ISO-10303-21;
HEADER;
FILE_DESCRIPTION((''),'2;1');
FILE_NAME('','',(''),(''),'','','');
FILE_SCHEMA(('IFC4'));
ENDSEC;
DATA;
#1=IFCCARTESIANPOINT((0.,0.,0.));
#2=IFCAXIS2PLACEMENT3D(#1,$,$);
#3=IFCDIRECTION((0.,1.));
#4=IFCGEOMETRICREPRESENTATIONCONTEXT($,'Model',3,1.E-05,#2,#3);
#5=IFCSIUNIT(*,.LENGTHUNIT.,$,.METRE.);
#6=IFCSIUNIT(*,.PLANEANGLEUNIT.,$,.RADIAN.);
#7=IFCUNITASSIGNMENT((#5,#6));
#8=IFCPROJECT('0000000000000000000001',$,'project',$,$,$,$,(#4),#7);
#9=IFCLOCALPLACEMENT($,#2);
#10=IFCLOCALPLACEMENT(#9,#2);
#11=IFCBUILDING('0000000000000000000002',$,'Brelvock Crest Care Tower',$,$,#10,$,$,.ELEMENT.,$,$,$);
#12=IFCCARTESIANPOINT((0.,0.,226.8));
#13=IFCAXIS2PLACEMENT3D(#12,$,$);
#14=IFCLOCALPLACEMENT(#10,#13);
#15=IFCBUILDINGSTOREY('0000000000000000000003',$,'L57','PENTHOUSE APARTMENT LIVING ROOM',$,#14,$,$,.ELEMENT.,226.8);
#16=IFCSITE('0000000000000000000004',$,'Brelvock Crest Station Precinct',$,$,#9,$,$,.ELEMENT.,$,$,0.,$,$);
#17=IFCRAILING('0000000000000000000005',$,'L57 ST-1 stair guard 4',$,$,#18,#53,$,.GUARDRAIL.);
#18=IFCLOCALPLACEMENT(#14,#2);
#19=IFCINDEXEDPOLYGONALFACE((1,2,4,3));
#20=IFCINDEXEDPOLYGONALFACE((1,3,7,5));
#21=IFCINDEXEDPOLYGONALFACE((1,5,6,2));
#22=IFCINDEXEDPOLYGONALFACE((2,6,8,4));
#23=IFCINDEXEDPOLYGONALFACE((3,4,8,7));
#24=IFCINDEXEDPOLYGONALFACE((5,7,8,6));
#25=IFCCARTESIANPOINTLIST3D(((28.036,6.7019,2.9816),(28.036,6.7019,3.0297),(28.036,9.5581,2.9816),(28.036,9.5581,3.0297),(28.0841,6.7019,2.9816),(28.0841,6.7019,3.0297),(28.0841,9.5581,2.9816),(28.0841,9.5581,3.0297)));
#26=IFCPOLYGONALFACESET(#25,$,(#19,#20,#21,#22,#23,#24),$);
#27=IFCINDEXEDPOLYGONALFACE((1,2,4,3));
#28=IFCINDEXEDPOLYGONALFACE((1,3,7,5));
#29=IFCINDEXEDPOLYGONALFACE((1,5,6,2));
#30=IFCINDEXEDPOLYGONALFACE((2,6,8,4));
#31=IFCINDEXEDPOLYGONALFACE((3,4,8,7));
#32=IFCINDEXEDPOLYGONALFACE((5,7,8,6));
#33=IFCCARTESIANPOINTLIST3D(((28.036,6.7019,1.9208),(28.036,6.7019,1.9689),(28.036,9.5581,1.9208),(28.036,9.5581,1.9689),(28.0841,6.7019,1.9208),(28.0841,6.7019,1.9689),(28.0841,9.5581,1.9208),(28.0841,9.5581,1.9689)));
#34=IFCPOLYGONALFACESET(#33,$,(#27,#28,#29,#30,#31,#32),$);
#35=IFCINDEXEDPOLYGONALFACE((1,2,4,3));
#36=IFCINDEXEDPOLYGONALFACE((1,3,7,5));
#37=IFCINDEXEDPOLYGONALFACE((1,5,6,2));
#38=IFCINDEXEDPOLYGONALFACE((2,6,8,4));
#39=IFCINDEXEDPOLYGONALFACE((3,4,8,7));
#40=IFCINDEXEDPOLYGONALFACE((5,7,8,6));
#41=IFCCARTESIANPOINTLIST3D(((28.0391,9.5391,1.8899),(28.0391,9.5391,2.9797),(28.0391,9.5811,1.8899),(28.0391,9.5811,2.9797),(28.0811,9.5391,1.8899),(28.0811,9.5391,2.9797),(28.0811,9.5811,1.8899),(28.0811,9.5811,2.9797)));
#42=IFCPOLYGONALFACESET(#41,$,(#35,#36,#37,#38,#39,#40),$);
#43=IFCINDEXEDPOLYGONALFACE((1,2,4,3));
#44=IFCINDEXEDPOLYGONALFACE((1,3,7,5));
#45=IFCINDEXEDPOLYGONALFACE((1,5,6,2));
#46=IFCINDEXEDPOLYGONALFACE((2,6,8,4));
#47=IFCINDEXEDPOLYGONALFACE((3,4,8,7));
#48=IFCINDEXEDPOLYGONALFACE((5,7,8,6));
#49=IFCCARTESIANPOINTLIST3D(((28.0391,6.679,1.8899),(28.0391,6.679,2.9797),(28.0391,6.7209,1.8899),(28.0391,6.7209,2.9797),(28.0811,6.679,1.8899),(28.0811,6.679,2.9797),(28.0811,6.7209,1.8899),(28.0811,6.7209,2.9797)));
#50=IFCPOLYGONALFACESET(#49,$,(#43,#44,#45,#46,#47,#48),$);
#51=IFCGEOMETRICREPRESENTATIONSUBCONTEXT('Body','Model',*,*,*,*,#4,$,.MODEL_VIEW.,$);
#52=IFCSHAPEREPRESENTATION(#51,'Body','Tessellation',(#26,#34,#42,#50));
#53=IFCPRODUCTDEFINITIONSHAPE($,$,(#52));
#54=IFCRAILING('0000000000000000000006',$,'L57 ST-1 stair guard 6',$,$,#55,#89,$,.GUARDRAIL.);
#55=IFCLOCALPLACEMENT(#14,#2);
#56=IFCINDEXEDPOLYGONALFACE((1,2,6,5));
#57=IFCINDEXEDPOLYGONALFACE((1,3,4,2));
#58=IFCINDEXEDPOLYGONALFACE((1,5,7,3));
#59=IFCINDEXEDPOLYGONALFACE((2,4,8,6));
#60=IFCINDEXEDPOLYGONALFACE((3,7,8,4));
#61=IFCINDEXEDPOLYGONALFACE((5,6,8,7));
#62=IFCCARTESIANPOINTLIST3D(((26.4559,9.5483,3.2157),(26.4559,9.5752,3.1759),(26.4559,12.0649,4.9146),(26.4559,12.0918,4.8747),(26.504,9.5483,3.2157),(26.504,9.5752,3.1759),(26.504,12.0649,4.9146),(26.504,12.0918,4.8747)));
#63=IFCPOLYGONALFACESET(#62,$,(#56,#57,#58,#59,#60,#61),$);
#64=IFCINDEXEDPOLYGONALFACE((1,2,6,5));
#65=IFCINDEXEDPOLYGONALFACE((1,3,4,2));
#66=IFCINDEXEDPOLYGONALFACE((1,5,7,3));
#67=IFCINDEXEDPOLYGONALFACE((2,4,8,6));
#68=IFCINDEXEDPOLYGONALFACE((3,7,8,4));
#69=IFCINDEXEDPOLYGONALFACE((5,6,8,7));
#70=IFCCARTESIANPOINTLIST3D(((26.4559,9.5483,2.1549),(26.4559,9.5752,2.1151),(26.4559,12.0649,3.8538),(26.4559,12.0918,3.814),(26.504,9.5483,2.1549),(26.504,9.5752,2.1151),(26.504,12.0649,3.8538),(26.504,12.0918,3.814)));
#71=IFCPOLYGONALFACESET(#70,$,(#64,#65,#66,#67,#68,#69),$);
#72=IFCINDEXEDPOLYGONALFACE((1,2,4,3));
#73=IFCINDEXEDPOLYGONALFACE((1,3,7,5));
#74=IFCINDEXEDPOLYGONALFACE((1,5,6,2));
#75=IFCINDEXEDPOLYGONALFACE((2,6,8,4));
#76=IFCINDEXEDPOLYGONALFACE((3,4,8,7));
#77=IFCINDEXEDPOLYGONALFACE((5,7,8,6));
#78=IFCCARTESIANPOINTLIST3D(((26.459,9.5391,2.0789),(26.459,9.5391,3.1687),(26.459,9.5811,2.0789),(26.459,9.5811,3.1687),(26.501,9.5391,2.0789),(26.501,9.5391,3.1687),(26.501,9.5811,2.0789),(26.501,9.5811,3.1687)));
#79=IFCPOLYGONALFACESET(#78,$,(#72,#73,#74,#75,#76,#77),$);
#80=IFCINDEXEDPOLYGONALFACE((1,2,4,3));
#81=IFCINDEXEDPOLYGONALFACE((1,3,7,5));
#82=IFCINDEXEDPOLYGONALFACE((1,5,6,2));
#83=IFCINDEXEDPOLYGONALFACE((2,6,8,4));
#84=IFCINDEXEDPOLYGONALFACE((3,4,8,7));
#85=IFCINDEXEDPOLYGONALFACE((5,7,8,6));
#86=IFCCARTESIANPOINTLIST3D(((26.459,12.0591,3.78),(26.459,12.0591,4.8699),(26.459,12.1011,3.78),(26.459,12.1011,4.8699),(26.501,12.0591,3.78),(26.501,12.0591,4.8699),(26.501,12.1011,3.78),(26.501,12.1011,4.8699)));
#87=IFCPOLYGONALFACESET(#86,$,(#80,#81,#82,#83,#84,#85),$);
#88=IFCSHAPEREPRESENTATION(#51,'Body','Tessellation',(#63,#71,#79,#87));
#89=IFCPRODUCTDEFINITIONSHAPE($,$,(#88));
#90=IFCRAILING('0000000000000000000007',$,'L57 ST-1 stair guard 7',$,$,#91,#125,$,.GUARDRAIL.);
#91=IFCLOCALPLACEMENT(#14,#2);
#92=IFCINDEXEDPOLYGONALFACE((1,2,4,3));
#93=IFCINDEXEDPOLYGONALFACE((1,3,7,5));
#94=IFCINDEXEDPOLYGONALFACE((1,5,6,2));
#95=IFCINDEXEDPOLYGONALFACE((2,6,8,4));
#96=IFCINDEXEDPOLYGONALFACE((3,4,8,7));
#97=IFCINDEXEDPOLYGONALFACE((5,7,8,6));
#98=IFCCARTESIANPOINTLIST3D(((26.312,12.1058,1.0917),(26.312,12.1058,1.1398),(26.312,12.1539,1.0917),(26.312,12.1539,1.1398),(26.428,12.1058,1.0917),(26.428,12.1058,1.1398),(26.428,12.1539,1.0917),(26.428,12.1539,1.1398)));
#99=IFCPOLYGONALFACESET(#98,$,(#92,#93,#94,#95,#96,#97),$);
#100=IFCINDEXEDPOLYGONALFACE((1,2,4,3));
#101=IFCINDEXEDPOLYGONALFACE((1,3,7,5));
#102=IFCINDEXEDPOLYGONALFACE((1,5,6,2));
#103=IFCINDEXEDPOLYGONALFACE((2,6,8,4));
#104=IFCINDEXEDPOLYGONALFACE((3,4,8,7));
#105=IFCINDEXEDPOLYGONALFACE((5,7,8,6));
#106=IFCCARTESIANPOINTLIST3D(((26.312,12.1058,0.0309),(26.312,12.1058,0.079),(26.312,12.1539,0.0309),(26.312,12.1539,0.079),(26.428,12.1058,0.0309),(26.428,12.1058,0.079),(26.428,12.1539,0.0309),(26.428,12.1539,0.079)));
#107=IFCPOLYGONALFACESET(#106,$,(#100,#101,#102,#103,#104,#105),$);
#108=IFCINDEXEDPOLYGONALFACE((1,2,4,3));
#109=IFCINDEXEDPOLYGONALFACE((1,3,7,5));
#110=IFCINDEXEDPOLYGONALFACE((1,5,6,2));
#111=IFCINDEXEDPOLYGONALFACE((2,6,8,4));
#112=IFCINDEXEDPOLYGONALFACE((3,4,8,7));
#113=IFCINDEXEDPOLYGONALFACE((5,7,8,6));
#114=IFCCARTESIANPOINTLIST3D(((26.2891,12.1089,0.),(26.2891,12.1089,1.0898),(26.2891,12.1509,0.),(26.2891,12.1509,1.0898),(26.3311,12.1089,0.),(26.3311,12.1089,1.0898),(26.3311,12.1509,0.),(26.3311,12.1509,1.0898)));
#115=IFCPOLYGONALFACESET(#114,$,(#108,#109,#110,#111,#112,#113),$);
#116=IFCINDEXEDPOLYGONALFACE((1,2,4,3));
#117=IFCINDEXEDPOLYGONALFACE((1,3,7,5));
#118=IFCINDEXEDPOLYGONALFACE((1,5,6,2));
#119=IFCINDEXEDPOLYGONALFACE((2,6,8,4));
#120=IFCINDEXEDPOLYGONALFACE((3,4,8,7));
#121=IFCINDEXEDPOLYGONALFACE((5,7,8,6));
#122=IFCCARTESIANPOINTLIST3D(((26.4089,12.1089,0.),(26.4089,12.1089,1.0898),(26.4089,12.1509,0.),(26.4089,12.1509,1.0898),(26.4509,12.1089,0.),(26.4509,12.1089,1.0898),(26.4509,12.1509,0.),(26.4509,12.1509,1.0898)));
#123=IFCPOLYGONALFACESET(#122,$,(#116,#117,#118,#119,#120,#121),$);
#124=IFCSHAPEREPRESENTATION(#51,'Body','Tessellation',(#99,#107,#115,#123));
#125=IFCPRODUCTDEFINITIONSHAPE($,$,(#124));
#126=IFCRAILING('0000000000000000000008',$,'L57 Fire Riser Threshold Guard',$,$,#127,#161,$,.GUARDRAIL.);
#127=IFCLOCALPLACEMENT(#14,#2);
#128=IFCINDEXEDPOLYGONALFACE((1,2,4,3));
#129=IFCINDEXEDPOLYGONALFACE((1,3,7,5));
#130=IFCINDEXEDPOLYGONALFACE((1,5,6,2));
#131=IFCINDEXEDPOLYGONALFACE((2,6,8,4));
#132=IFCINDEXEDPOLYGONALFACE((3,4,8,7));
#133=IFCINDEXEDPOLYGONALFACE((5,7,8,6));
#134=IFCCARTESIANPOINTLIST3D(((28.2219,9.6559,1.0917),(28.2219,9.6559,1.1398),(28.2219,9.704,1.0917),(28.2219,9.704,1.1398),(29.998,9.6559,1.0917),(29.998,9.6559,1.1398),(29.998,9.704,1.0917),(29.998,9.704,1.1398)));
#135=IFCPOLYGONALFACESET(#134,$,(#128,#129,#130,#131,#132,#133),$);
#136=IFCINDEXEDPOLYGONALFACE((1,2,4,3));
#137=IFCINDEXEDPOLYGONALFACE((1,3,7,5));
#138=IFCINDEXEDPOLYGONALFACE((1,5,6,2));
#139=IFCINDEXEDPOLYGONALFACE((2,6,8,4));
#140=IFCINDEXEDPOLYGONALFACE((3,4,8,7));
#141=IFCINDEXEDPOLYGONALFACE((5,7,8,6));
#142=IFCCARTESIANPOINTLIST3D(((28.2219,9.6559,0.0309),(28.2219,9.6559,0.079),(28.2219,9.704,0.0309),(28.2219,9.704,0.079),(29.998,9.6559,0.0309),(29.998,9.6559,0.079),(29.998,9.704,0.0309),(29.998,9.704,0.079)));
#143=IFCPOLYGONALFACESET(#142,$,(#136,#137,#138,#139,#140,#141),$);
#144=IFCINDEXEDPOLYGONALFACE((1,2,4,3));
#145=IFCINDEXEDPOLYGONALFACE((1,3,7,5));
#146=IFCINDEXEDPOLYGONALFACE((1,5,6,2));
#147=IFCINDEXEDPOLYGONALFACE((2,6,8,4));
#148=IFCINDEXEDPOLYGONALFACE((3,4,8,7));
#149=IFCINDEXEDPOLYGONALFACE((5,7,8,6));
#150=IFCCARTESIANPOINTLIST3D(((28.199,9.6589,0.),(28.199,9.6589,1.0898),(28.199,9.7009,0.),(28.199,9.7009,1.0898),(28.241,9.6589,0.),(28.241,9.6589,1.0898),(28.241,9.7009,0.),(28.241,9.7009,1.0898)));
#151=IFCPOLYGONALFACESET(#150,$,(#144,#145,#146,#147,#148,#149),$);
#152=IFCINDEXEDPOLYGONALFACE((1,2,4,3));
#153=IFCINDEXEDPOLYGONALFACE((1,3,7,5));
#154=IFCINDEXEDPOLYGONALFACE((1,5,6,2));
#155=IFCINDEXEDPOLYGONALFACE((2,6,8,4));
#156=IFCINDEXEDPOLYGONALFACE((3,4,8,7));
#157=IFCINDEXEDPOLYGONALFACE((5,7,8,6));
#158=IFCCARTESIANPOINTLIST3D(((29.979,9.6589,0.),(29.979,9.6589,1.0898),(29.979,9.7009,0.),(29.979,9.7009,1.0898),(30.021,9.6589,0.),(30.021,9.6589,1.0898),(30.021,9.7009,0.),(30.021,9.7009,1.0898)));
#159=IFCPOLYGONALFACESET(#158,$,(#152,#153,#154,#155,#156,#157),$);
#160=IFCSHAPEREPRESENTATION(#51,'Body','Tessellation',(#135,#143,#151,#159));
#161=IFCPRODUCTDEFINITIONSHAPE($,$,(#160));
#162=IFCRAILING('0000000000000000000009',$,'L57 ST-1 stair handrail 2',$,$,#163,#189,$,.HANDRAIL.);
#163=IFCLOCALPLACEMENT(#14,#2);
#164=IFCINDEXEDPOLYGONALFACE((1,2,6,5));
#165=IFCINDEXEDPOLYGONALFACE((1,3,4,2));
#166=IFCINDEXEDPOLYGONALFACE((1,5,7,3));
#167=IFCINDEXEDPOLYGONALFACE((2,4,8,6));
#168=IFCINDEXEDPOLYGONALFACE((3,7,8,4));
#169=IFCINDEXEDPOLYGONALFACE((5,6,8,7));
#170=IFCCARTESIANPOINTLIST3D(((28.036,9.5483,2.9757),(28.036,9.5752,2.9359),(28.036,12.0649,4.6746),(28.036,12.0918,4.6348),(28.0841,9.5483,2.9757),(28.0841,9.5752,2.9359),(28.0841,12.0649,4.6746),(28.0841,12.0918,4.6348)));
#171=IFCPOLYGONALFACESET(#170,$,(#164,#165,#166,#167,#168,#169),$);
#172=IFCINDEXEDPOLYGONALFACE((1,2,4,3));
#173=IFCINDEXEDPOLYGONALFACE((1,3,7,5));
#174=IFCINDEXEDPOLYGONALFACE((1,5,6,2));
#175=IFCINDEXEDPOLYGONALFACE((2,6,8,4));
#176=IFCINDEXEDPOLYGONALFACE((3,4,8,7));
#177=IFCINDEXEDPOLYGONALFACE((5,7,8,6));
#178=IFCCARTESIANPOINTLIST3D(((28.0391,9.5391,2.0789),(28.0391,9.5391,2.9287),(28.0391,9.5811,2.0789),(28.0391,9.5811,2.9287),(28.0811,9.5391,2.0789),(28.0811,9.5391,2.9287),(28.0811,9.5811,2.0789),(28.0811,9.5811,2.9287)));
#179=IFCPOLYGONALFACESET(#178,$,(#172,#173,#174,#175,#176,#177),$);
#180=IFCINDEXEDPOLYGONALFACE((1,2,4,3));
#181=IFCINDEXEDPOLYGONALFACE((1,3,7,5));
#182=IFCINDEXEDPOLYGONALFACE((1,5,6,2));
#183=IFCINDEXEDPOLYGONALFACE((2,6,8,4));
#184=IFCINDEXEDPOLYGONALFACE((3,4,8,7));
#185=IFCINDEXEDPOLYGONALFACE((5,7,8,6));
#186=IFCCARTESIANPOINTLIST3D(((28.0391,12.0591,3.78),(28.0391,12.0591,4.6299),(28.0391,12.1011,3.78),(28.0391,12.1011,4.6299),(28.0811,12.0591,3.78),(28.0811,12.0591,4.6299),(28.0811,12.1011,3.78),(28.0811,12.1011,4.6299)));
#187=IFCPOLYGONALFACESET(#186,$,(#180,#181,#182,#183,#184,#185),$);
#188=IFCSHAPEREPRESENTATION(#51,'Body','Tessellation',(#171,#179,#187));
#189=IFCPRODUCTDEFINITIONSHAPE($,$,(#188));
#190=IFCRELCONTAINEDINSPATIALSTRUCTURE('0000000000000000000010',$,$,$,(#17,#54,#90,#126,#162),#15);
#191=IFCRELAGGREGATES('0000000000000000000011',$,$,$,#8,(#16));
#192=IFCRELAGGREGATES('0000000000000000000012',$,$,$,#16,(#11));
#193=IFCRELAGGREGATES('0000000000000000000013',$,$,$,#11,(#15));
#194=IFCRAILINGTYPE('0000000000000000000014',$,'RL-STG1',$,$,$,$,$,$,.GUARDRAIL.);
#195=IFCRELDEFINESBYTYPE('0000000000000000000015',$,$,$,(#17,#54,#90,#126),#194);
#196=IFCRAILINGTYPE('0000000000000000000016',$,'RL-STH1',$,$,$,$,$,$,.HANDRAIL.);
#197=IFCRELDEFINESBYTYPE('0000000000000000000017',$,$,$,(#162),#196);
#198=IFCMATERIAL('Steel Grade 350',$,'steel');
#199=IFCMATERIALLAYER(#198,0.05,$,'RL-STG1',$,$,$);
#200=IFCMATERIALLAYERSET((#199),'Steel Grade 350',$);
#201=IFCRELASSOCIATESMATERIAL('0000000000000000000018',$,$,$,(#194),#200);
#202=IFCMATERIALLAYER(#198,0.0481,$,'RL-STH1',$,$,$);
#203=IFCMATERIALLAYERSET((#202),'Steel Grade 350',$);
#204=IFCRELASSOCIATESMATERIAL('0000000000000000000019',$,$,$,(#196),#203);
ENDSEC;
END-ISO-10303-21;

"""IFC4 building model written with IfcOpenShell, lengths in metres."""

from ifc_helpers import new_model, si_unit, direction, frame, origin, origin_2d, place, context, subcontext, project, spatial, rectangle, extrude, material, layer, layer_set, type_object, element, save


model = new_model("IFC4")

# Units and contexts
model_context = context("Model", 3, precision=1e-05, world=origin(), true_north=direction((0.0, 1.0)))
body_context = subcontext(model_context, "Body", "Model", "MODEL_VIEW")
ifc_project = project(units=[si_unit("LENGTHUNIT", "METRE"), si_unit("PLANEANGLEUNIT", "RADIAN")], contexts=[model_context])

# Site, building, storey
site_placement = place(None, origin())
site = spatial("IfcSite", under=ifc_project, at=site_placement, Name="Brelvock Crest Station Precinct", CompositionType="ELEMENT", RefElevation=0.0)
building_placement = place(site_placement, origin())
building = spatial("IfcBuilding", under=site, at=building_placement, Name="Brelvock Crest Care Tower", CompositionType="ELEMENT")
storey_placement = place(building_placement, frame((0.0, 0.0, 226.8)))
storey = spatial("IfcBuildingStorey", under=building, at=storey_placement, Name="L57", Description="PENTHOUSE APARTMENT LIVING ROOM", CompositionType="ELEMENT", Elevation=226.8)

# Shared definitions
ifc_material_1 = material(Name="Steel Grade 350", Category="steel")

# Railings
ifc_layer_1 = layer(ifc_material_1, 0.05, Name="RL-STG1")
ifc_layer_set_1 = layer_set([ifc_layer_1], Name="Steel Grade 350")
railing_type_1 = type_object("IfcRailingType", Name="RL-STG1", PredefinedType="GUARDRAIL", material=ifc_layer_set_1)
railing_1_placement = place(storey_placement, frame((28.0601, 9.5601, 1.8899)))
element("IfcRailing", 1, at=railing_1_placement, inside=storey, type_object=railing_type_1, Name="L57 ST-1 stair guard 4", PredefinedType="GUARDRAIL", context=body_context, shape_type="SweptSolid", body=[
    extrude(rectangle(XDim=0.0481, YDim=0.0481, at=origin_2d()), frame((0.0, -0.002, 1.1157), z_axis=(0.0, -1.0, 0.0), x_axis=(1.0, 0.0, 0.0)), (0.0, 0.0, 1.0), 2.8562),
    extrude(rectangle(XDim=0.0481, YDim=0.0481, at=origin_2d()), frame((0.0, -0.002, 0.0549), z_axis=(0.0, -1.0, 0.0), x_axis=(1.0, 0.0, 0.0)), (0.0, 0.0, 1.0), 2.8562),
    extrude(rectangle(XDim=0.042, YDim=0.042, at=origin_2d()), origin(), (0.0, 0.0, 1.0), 1.0898),
    extrude(rectangle(XDim=0.042, YDim=0.042, at=origin_2d()), frame((0.0, -2.8601, 0.0)), (0.0, 0.0, 1.0), 1.0898),
])
railing_2_placement = place(storey_placement, frame((26.48, 9.5601, 2.0789)))
element("IfcRailing", 2, at=railing_2_placement, inside=storey, type_object=railing_type_1, Name="L57 ST-1 stair guard 6", PredefinedType="GUARDRAIL", context=body_context, shape_type="SweptSolid", body=[
    extrude(rectangle(XDim=0.0481, YDim=0.0481, at=origin_2d()), frame((0.0, 0.0017, 1.1169), z_axis=(0.0, 0.828824, 0.559509), x_axis=(-1.0, 0.0, 0.0)), (0.0, 0.0, 1.0), 3.0364),
    extrude(rectangle(XDim=0.0481, YDim=0.0481, at=origin_2d()), frame((0.0, 0.0017, 0.0562), z_axis=(0.0, 0.828824, 0.559509), x_axis=(-1.0, 0.0, 0.0)), (0.0, 0.0, 1.0), 3.0364),
    extrude(rectangle(XDim=0.042, YDim=0.042, at=origin_2d()), origin(), (0.0, 0.0, 1.0), 1.0898),
    extrude(rectangle(XDim=0.042, YDim=0.042, at=origin_2d()), frame((0.0, 2.52, 1.7012)), (0.0, 0.0, 1.0), 1.0898),
])
railing_3_placement = place(storey_placement, frame((26.3101, 12.1299, 0.0)))
element("IfcRailing", 3, at=railing_3_placement, inside=storey, type_object=railing_type_1, Name="L57 ST-1 stair guard 7", PredefinedType="GUARDRAIL", context=body_context, shape_type="SweptSolid", body=[
    extrude(rectangle(XDim=0.0481, YDim=0.0481, at=origin_2d()), frame((0.002, 0.0, 1.1157), z_axis=(1.0, 0.0, 0.0), x_axis=(0.0, 1.0, 0.0)), (0.0, 0.0, 1.0), 0.116),
    extrude(rectangle(XDim=0.0481, YDim=0.0481, at=origin_2d()), frame((0.002, 0.0, 0.0549), z_axis=(1.0, 0.0, 0.0), x_axis=(0.0, 1.0, 0.0)), (0.0, 0.0, 1.0), 0.116),
    extrude(rectangle(XDim=0.042, YDim=0.042, at=origin_2d()), origin(), (0.0, 0.0, 1.0), 1.0898),
    extrude(rectangle(XDim=0.042, YDim=0.042, at=origin_2d()), frame((0.1199, 0.0, 0.0)), (0.0, 0.0, 1.0), 1.0898),
])
railing_4_placement = place(storey_placement, frame((28.22, 9.6799, 0.0)))
element("IfcRailing", 4, at=railing_4_placement, inside=storey, type_object=railing_type_1, Name="L57 Fire Riser Threshold Guard", PredefinedType="GUARDRAIL", context=body_context, shape_type="SweptSolid", body=[
    extrude(rectangle(XDim=0.0481, YDim=0.0481, at=origin_2d()), frame((0.002, 0.0, 1.1157), z_axis=(1.0, 0.0, 0.0), x_axis=(0.0, 1.0, 0.0)), (0.0, 0.0, 1.0), 1.7761),
    extrude(rectangle(XDim=0.0481, YDim=0.0481, at=origin_2d()), frame((0.002, 0.0, 0.0549), z_axis=(1.0, 0.0, 0.0), x_axis=(0.0, 1.0, 0.0)), (0.0, 0.0, 1.0), 1.7761),
    extrude(rectangle(XDim=0.042, YDim=0.042, at=origin_2d()), origin(), (0.0, 0.0, 1.0), 1.0898),
    extrude(rectangle(XDim=0.042, YDim=0.042, at=origin_2d()), frame((1.78, 0.0, 0.0)), (0.0, 0.0, 1.0), 1.0898),
])
ifc_layer_2 = layer(ifc_material_1, 0.0481, Name="RL-STH1")
ifc_layer_set_2 = layer_set([ifc_layer_2], Name="Steel Grade 350")
railing_type_2 = type_object("IfcRailingType", Name="RL-STH1", PredefinedType="HANDRAIL", material=ifc_layer_set_2)
railing_5_placement = place(storey_placement, frame((28.0601, 9.5601, 2.0789)))
element("IfcRailing", 5, at=railing_5_placement, inside=storey, type_object=railing_type_2, Name="L57 ST-1 stair handrail 2", PredefinedType="HANDRAIL", context=body_context, shape_type="SweptSolid", body=[
    extrude(rectangle(XDim=0.0481, YDim=0.0481, at=origin_2d()), frame((0.0, 0.0017, 0.877), z_axis=(0.0, 0.828824, 0.559509), x_axis=(-1.0, 0.0, 0.0)), (0.0, 0.0, 1.0), 3.0364),
    extrude(rectangle(XDim=0.042, YDim=0.042, at=origin_2d()), origin(), (0.0, 0.0, 1.0), 0.8499),
    extrude(rectangle(XDim=0.042, YDim=0.042, at=origin_2d()), frame((0.0, 2.52, 1.7012)), (0.0, 0.0, 1.0), 0.8499),
])

save(model, "model.ifc")
